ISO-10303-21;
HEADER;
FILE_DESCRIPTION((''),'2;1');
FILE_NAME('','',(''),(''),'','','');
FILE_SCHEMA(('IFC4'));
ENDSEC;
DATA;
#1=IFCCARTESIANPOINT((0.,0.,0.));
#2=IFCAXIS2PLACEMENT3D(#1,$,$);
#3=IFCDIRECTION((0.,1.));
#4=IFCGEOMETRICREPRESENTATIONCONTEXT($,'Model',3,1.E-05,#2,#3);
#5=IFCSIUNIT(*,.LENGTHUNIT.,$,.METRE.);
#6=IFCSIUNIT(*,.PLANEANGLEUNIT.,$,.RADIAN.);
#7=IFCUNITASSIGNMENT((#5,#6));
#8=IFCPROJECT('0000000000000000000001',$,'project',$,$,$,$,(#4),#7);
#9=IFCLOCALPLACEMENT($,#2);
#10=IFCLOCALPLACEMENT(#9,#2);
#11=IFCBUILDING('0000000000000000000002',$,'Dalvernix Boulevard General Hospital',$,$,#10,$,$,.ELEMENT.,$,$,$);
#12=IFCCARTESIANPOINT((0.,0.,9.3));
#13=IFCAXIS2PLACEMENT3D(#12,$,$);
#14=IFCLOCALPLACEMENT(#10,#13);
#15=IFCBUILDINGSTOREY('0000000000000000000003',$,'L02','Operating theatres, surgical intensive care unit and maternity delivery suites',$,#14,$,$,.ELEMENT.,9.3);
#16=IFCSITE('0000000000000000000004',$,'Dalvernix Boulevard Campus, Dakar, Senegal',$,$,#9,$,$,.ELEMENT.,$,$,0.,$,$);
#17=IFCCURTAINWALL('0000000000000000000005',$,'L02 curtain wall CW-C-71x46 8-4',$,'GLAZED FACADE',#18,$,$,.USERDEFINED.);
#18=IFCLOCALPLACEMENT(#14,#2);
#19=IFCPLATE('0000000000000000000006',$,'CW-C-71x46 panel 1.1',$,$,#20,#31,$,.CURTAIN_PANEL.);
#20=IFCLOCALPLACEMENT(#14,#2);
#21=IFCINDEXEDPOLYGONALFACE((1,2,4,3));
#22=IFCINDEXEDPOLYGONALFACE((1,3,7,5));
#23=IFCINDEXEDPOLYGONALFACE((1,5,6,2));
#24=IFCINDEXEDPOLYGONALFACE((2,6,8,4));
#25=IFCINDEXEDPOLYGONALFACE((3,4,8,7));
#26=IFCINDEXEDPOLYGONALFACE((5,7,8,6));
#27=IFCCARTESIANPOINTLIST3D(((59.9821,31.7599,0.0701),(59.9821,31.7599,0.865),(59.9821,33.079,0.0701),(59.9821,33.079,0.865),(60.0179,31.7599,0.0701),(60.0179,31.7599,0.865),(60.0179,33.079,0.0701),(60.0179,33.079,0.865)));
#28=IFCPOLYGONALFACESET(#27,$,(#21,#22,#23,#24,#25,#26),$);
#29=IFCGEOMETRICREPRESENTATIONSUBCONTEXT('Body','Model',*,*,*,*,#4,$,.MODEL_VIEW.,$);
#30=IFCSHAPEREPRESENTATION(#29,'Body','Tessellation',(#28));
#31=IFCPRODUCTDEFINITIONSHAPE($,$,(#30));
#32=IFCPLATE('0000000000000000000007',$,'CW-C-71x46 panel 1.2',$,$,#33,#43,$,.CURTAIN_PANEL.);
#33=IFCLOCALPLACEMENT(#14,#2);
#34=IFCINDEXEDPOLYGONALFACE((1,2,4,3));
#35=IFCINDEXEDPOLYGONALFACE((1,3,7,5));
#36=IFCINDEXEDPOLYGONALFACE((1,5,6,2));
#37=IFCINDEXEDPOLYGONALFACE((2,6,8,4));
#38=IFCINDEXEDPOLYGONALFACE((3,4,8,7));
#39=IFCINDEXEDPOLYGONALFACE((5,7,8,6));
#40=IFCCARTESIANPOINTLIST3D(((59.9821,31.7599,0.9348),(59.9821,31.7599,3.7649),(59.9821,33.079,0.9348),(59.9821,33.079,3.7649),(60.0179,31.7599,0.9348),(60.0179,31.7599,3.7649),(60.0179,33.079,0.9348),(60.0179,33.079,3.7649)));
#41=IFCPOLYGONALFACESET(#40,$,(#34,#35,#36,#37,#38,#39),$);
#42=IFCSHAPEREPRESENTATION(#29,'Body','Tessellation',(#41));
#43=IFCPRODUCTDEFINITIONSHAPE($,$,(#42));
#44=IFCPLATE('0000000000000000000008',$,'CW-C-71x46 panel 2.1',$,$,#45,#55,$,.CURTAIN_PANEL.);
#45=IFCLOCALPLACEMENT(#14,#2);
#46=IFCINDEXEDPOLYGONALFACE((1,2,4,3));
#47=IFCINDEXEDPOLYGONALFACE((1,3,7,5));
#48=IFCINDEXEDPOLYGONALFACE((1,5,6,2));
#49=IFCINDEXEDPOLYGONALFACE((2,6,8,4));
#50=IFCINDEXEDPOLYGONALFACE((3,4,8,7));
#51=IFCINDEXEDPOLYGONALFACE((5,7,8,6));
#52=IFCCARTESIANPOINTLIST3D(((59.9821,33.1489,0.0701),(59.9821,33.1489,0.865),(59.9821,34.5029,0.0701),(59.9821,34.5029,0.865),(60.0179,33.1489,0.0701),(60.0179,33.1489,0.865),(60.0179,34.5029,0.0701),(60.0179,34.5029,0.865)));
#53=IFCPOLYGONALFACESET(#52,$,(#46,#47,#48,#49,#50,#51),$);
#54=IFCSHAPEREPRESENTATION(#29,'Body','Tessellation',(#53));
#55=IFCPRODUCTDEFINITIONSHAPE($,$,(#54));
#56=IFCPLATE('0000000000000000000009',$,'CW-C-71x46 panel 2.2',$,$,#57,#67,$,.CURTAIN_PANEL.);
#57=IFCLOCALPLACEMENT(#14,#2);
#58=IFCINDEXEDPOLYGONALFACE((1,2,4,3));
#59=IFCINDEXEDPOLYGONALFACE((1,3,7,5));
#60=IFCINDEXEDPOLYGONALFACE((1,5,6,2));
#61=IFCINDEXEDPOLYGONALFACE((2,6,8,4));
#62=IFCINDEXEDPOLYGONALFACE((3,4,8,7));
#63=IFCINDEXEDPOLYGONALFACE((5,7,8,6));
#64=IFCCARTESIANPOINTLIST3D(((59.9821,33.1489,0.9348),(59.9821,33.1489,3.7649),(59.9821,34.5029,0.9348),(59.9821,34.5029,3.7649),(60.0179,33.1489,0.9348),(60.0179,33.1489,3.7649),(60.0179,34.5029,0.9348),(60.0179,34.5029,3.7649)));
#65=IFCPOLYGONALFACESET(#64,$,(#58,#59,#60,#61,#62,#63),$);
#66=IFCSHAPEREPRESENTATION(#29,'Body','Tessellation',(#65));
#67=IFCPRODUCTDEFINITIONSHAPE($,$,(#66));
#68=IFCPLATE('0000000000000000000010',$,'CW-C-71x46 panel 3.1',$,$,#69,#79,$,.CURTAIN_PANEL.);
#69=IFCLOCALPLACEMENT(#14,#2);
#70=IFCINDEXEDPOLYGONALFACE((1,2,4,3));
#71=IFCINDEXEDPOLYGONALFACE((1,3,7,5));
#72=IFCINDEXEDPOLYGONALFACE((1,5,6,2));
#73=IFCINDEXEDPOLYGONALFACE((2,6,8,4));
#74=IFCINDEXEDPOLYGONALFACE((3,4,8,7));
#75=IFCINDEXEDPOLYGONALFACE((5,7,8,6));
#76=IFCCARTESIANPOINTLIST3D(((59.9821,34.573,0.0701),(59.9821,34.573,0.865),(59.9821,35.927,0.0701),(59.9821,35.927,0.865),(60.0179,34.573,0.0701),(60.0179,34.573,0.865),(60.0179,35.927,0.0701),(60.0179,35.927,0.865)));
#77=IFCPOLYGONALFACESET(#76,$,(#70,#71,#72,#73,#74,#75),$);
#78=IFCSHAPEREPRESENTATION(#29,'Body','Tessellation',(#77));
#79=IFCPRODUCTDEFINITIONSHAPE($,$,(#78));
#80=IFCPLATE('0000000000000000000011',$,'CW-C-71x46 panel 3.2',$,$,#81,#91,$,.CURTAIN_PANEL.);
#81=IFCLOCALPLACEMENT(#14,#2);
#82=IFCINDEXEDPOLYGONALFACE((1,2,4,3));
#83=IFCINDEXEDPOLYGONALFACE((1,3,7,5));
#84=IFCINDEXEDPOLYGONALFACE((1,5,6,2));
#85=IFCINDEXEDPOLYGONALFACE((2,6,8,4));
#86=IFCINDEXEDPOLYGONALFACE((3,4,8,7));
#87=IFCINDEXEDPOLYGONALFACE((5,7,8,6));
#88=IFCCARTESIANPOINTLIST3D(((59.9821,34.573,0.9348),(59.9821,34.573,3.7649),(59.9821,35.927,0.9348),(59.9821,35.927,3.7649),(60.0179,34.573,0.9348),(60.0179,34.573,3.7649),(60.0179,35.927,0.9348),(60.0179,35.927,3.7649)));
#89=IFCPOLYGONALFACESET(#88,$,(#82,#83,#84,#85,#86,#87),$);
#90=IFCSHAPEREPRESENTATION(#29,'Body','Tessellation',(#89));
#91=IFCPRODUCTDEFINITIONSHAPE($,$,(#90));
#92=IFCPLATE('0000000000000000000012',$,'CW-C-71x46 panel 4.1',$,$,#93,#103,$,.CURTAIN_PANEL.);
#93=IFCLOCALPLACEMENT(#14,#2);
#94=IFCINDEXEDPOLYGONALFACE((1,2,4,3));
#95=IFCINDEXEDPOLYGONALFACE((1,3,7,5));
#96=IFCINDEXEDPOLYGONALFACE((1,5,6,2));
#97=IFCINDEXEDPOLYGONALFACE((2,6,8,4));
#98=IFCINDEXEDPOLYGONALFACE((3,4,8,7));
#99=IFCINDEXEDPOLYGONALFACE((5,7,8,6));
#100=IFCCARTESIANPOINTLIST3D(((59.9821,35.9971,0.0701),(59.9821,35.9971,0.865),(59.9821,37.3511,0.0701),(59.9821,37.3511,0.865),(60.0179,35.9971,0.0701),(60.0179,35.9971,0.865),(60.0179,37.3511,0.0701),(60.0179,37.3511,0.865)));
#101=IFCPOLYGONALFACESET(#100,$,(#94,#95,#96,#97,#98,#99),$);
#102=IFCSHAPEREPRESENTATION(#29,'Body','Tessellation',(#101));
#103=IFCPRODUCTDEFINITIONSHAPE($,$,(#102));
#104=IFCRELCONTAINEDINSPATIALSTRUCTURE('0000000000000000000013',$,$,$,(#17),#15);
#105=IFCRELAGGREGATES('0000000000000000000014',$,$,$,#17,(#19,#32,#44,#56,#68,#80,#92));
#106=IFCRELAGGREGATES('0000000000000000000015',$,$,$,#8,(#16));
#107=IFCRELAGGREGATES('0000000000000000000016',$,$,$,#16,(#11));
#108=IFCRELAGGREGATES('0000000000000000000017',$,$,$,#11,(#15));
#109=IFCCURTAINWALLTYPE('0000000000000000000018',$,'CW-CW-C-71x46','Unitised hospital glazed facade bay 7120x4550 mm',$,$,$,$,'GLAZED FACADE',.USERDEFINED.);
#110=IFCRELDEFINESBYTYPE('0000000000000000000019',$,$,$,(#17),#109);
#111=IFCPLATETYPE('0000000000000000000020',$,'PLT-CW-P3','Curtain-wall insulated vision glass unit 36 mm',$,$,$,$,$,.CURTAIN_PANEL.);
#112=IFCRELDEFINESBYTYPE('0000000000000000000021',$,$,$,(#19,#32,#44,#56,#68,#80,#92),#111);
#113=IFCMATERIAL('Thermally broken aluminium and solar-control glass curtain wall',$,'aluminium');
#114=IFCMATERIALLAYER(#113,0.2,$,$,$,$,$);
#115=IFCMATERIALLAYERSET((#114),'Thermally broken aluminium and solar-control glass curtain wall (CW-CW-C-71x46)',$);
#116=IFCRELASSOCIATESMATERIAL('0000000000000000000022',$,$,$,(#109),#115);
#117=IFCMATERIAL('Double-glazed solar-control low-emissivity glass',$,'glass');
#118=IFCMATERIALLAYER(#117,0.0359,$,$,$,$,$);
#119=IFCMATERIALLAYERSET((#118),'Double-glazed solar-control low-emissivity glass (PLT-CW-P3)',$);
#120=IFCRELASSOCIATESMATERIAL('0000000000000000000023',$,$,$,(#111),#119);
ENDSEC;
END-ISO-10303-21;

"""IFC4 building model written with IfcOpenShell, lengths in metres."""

from ifc_helpers import new_model, si_unit, direction, frame, origin, origin_2d, place, context, subcontext, project, spatial, rectangle, extrude, material, layer, layer_set, type_object, element, aggregate, save


model = new_model("IFC4")

# Units and contexts
model_context = context("Model", 3, precision=1e-05, world=origin(), true_north=direction((0.0, 1.0)))
body_context = subcontext(model_context, "Body", "Model", "MODEL_VIEW")
ifc_project = project(units=[si_unit("LENGTHUNIT", "METRE"), si_unit("PLANEANGLEUNIT", "RADIAN")], contexts=[model_context])

# Site, building, storey
site_placement = place(None, origin())
site = spatial("IfcSite", under=ifc_project, at=site_placement, Name="Dalvernix Boulevard Campus, Dakar, Senegal", CompositionType="ELEMENT", RefElevation=0.0)
building_placement = place(site_placement, origin())
building = spatial("IfcBuilding", under=site, at=building_placement, Name="Dalvernix Boulevard General Hospital", CompositionType="ELEMENT")
storey_placement = place(building_placement, frame((0.0, 0.0, 9.3)))
storey = spatial("IfcBuildingStorey", under=building, at=storey_placement, Name="L02", Description="Operating theatres, surgical intensive care unit and maternity delivery suites", CompositionType="ELEMENT", Elevation=9.3)

# Curtain wall, plates
ifc_material_1 = material(Name="Thermally broken aluminium and solar-control glass curtain wall", Category="aluminium")
ifc_layer_1 = layer(ifc_material_1, 0.2)
ifc_layer_set_1 = layer_set([ifc_layer_1], Name="Thermally broken aluminium and solar-control glass curtain wall (CW-CW-C-71x46)")
curtain_wall_type = type_object("IfcCurtainWallType", Name="CW-CW-C-71x46", Description="Unitised hospital glazed facade bay 7120x4550 mm", ElementType="GLAZED FACADE", PredefinedType="USERDEFINED", material=ifc_layer_set_1)
curtain_wall_placement = place(storey_placement, origin())
curtain_wall = element("IfcCurtainWall", 1, at=curtain_wall_placement, inside=storey, type_object=curtain_wall_type, Name="L02 curtain wall CW-C-71x46 8-4", ObjectType="GLAZED FACADE", PredefinedType="USERDEFINED")
ifc_material_2 = material(Name="Double-glazed solar-control low-emissivity glass", Category="glass")
ifc_layer_2 = layer(ifc_material_2, 0.0359)
ifc_layer_set_2 = layer_set([ifc_layer_2], Name="Double-glazed solar-control low-emissivity glass (PLT-CW-P3)")
plate_type = type_object("IfcPlateType", Name="PLT-CW-P3", Description="Curtain-wall insulated vision glass unit 36 mm", PredefinedType="CURTAIN_PANEL", material=ifc_layer_set_2)
plate_1_placement = place(storey_placement, frame((60.0, 32.4194, 0.0701), z_axis=(0.0, 0.0, 1.0), x_axis=(0.0, 1.0, 0.0)))
plate_1 = element("IfcPlate", 2, at=plate_1_placement, type_object=plate_type, Name="CW-C-71x46 panel 1.1", PredefinedType="CURTAIN_PANEL", context=body_context, shape_type="SweptSolid", body=[
    extrude(rectangle(XDim=1.3191, YDim=0.0359, at=origin_2d()), origin(), (0.0, 0.0, 1.0), 0.7949),
])
plate_2_placement = place(storey_placement, frame((60.0, 32.4194, 0.9348), z_axis=(0.0, 0.0, 1.0), x_axis=(0.0, 1.0, 0.0)))
plate_2 = element("IfcPlate", 3, at=plate_2_placement, type_object=plate_type, Name="CW-C-71x46 panel 1.2", PredefinedType="CURTAIN_PANEL", context=body_context, shape_type="SweptSolid", body=[
    extrude(rectangle(XDim=1.3191, YDim=0.0359, at=origin_2d()), origin(), (0.0, 0.0, 1.0), 2.8301),
])
plate_3_placement = place(storey_placement, frame((60.0, 33.8259, 0.0701), z_axis=(0.0, 0.0, 1.0), x_axis=(0.0, 1.0, 0.0)))
plate_3 = element("IfcPlate", 4, at=plate_3_placement, type_object=plate_type, Name="CW-C-71x46 panel 2.1", PredefinedType="CURTAIN_PANEL", context=body_context, shape_type="SweptSolid", body=[
    extrude(rectangle(XDim=1.354, YDim=0.0359, at=origin_2d()), origin(), (0.0, 0.0, 1.0), 0.7949),
])
plate_4_placement = place(storey_placement, frame((60.0, 33.8259, 0.9348), z_axis=(0.0, 0.0, 1.0), x_axis=(0.0, 1.0, 0.0)))
plate_4 = element("IfcPlate", 5, at=plate_4_placement, type_object=plate_type, Name="CW-C-71x46 panel 2.2", PredefinedType="CURTAIN_PANEL", context=body_context, shape_type="SweptSolid", body=[
    extrude(rectangle(XDim=1.354, YDim=0.0359, at=origin_2d()), origin(), (0.0, 0.0, 1.0), 2.8301),
])
plate_5_placement = place(storey_placement, frame((60.0, 35.25, 0.0701), z_axis=(0.0, 0.0, 1.0), x_axis=(0.0, 1.0, 0.0)))
plate_5 = element("IfcPlate", 6, at=plate_5_placement, type_object=plate_type, Name="CW-C-71x46 panel 3.1", PredefinedType="CURTAIN_PANEL", context=body_context, shape_type="SweptSolid", body=[
    extrude(rectangle(XDim=1.354, YDim=0.0359, at=origin_2d()), origin(), (0.0, 0.0, 1.0), 0.7949),
])
plate_6_placement = place(storey_placement, frame((60.0, 35.25, 0.9348), z_axis=(0.0, 0.0, 1.0), x_axis=(0.0, 1.0, 0.0)))
plate_6 = element("IfcPlate", 7, at=plate_6_placement, type_object=plate_type, Name="CW-C-71x46 panel 3.2", PredefinedType="CURTAIN_PANEL", context=body_context, shape_type="SweptSolid", body=[
    extrude(rectangle(XDim=1.354, YDim=0.0359, at=origin_2d()), origin(), (0.0, 0.0, 1.0), 2.8301),
])
plate_7_placement = place(storey_placement, frame((60.0, 36.6741, 0.0701), z_axis=(0.0, 0.0, 1.0), x_axis=(0.0, 1.0, 0.0)))
plate_7 = element("IfcPlate", 8, at=plate_7_placement, type_object=plate_type, Name="CW-C-71x46 panel 4.1", PredefinedType="CURTAIN_PANEL", context=body_context, shape_type="SweptSolid", body=[
    extrude(rectangle(XDim=1.354, YDim=0.0359, at=origin_2d()), origin(), (0.0, 0.0, 1.0), 0.7949),
])
aggregate(curtain_wall, [plate_1, plate_2, plate_3, plate_4, plate_5, plate_6, plate_7])

save(model, "model.ifc")
